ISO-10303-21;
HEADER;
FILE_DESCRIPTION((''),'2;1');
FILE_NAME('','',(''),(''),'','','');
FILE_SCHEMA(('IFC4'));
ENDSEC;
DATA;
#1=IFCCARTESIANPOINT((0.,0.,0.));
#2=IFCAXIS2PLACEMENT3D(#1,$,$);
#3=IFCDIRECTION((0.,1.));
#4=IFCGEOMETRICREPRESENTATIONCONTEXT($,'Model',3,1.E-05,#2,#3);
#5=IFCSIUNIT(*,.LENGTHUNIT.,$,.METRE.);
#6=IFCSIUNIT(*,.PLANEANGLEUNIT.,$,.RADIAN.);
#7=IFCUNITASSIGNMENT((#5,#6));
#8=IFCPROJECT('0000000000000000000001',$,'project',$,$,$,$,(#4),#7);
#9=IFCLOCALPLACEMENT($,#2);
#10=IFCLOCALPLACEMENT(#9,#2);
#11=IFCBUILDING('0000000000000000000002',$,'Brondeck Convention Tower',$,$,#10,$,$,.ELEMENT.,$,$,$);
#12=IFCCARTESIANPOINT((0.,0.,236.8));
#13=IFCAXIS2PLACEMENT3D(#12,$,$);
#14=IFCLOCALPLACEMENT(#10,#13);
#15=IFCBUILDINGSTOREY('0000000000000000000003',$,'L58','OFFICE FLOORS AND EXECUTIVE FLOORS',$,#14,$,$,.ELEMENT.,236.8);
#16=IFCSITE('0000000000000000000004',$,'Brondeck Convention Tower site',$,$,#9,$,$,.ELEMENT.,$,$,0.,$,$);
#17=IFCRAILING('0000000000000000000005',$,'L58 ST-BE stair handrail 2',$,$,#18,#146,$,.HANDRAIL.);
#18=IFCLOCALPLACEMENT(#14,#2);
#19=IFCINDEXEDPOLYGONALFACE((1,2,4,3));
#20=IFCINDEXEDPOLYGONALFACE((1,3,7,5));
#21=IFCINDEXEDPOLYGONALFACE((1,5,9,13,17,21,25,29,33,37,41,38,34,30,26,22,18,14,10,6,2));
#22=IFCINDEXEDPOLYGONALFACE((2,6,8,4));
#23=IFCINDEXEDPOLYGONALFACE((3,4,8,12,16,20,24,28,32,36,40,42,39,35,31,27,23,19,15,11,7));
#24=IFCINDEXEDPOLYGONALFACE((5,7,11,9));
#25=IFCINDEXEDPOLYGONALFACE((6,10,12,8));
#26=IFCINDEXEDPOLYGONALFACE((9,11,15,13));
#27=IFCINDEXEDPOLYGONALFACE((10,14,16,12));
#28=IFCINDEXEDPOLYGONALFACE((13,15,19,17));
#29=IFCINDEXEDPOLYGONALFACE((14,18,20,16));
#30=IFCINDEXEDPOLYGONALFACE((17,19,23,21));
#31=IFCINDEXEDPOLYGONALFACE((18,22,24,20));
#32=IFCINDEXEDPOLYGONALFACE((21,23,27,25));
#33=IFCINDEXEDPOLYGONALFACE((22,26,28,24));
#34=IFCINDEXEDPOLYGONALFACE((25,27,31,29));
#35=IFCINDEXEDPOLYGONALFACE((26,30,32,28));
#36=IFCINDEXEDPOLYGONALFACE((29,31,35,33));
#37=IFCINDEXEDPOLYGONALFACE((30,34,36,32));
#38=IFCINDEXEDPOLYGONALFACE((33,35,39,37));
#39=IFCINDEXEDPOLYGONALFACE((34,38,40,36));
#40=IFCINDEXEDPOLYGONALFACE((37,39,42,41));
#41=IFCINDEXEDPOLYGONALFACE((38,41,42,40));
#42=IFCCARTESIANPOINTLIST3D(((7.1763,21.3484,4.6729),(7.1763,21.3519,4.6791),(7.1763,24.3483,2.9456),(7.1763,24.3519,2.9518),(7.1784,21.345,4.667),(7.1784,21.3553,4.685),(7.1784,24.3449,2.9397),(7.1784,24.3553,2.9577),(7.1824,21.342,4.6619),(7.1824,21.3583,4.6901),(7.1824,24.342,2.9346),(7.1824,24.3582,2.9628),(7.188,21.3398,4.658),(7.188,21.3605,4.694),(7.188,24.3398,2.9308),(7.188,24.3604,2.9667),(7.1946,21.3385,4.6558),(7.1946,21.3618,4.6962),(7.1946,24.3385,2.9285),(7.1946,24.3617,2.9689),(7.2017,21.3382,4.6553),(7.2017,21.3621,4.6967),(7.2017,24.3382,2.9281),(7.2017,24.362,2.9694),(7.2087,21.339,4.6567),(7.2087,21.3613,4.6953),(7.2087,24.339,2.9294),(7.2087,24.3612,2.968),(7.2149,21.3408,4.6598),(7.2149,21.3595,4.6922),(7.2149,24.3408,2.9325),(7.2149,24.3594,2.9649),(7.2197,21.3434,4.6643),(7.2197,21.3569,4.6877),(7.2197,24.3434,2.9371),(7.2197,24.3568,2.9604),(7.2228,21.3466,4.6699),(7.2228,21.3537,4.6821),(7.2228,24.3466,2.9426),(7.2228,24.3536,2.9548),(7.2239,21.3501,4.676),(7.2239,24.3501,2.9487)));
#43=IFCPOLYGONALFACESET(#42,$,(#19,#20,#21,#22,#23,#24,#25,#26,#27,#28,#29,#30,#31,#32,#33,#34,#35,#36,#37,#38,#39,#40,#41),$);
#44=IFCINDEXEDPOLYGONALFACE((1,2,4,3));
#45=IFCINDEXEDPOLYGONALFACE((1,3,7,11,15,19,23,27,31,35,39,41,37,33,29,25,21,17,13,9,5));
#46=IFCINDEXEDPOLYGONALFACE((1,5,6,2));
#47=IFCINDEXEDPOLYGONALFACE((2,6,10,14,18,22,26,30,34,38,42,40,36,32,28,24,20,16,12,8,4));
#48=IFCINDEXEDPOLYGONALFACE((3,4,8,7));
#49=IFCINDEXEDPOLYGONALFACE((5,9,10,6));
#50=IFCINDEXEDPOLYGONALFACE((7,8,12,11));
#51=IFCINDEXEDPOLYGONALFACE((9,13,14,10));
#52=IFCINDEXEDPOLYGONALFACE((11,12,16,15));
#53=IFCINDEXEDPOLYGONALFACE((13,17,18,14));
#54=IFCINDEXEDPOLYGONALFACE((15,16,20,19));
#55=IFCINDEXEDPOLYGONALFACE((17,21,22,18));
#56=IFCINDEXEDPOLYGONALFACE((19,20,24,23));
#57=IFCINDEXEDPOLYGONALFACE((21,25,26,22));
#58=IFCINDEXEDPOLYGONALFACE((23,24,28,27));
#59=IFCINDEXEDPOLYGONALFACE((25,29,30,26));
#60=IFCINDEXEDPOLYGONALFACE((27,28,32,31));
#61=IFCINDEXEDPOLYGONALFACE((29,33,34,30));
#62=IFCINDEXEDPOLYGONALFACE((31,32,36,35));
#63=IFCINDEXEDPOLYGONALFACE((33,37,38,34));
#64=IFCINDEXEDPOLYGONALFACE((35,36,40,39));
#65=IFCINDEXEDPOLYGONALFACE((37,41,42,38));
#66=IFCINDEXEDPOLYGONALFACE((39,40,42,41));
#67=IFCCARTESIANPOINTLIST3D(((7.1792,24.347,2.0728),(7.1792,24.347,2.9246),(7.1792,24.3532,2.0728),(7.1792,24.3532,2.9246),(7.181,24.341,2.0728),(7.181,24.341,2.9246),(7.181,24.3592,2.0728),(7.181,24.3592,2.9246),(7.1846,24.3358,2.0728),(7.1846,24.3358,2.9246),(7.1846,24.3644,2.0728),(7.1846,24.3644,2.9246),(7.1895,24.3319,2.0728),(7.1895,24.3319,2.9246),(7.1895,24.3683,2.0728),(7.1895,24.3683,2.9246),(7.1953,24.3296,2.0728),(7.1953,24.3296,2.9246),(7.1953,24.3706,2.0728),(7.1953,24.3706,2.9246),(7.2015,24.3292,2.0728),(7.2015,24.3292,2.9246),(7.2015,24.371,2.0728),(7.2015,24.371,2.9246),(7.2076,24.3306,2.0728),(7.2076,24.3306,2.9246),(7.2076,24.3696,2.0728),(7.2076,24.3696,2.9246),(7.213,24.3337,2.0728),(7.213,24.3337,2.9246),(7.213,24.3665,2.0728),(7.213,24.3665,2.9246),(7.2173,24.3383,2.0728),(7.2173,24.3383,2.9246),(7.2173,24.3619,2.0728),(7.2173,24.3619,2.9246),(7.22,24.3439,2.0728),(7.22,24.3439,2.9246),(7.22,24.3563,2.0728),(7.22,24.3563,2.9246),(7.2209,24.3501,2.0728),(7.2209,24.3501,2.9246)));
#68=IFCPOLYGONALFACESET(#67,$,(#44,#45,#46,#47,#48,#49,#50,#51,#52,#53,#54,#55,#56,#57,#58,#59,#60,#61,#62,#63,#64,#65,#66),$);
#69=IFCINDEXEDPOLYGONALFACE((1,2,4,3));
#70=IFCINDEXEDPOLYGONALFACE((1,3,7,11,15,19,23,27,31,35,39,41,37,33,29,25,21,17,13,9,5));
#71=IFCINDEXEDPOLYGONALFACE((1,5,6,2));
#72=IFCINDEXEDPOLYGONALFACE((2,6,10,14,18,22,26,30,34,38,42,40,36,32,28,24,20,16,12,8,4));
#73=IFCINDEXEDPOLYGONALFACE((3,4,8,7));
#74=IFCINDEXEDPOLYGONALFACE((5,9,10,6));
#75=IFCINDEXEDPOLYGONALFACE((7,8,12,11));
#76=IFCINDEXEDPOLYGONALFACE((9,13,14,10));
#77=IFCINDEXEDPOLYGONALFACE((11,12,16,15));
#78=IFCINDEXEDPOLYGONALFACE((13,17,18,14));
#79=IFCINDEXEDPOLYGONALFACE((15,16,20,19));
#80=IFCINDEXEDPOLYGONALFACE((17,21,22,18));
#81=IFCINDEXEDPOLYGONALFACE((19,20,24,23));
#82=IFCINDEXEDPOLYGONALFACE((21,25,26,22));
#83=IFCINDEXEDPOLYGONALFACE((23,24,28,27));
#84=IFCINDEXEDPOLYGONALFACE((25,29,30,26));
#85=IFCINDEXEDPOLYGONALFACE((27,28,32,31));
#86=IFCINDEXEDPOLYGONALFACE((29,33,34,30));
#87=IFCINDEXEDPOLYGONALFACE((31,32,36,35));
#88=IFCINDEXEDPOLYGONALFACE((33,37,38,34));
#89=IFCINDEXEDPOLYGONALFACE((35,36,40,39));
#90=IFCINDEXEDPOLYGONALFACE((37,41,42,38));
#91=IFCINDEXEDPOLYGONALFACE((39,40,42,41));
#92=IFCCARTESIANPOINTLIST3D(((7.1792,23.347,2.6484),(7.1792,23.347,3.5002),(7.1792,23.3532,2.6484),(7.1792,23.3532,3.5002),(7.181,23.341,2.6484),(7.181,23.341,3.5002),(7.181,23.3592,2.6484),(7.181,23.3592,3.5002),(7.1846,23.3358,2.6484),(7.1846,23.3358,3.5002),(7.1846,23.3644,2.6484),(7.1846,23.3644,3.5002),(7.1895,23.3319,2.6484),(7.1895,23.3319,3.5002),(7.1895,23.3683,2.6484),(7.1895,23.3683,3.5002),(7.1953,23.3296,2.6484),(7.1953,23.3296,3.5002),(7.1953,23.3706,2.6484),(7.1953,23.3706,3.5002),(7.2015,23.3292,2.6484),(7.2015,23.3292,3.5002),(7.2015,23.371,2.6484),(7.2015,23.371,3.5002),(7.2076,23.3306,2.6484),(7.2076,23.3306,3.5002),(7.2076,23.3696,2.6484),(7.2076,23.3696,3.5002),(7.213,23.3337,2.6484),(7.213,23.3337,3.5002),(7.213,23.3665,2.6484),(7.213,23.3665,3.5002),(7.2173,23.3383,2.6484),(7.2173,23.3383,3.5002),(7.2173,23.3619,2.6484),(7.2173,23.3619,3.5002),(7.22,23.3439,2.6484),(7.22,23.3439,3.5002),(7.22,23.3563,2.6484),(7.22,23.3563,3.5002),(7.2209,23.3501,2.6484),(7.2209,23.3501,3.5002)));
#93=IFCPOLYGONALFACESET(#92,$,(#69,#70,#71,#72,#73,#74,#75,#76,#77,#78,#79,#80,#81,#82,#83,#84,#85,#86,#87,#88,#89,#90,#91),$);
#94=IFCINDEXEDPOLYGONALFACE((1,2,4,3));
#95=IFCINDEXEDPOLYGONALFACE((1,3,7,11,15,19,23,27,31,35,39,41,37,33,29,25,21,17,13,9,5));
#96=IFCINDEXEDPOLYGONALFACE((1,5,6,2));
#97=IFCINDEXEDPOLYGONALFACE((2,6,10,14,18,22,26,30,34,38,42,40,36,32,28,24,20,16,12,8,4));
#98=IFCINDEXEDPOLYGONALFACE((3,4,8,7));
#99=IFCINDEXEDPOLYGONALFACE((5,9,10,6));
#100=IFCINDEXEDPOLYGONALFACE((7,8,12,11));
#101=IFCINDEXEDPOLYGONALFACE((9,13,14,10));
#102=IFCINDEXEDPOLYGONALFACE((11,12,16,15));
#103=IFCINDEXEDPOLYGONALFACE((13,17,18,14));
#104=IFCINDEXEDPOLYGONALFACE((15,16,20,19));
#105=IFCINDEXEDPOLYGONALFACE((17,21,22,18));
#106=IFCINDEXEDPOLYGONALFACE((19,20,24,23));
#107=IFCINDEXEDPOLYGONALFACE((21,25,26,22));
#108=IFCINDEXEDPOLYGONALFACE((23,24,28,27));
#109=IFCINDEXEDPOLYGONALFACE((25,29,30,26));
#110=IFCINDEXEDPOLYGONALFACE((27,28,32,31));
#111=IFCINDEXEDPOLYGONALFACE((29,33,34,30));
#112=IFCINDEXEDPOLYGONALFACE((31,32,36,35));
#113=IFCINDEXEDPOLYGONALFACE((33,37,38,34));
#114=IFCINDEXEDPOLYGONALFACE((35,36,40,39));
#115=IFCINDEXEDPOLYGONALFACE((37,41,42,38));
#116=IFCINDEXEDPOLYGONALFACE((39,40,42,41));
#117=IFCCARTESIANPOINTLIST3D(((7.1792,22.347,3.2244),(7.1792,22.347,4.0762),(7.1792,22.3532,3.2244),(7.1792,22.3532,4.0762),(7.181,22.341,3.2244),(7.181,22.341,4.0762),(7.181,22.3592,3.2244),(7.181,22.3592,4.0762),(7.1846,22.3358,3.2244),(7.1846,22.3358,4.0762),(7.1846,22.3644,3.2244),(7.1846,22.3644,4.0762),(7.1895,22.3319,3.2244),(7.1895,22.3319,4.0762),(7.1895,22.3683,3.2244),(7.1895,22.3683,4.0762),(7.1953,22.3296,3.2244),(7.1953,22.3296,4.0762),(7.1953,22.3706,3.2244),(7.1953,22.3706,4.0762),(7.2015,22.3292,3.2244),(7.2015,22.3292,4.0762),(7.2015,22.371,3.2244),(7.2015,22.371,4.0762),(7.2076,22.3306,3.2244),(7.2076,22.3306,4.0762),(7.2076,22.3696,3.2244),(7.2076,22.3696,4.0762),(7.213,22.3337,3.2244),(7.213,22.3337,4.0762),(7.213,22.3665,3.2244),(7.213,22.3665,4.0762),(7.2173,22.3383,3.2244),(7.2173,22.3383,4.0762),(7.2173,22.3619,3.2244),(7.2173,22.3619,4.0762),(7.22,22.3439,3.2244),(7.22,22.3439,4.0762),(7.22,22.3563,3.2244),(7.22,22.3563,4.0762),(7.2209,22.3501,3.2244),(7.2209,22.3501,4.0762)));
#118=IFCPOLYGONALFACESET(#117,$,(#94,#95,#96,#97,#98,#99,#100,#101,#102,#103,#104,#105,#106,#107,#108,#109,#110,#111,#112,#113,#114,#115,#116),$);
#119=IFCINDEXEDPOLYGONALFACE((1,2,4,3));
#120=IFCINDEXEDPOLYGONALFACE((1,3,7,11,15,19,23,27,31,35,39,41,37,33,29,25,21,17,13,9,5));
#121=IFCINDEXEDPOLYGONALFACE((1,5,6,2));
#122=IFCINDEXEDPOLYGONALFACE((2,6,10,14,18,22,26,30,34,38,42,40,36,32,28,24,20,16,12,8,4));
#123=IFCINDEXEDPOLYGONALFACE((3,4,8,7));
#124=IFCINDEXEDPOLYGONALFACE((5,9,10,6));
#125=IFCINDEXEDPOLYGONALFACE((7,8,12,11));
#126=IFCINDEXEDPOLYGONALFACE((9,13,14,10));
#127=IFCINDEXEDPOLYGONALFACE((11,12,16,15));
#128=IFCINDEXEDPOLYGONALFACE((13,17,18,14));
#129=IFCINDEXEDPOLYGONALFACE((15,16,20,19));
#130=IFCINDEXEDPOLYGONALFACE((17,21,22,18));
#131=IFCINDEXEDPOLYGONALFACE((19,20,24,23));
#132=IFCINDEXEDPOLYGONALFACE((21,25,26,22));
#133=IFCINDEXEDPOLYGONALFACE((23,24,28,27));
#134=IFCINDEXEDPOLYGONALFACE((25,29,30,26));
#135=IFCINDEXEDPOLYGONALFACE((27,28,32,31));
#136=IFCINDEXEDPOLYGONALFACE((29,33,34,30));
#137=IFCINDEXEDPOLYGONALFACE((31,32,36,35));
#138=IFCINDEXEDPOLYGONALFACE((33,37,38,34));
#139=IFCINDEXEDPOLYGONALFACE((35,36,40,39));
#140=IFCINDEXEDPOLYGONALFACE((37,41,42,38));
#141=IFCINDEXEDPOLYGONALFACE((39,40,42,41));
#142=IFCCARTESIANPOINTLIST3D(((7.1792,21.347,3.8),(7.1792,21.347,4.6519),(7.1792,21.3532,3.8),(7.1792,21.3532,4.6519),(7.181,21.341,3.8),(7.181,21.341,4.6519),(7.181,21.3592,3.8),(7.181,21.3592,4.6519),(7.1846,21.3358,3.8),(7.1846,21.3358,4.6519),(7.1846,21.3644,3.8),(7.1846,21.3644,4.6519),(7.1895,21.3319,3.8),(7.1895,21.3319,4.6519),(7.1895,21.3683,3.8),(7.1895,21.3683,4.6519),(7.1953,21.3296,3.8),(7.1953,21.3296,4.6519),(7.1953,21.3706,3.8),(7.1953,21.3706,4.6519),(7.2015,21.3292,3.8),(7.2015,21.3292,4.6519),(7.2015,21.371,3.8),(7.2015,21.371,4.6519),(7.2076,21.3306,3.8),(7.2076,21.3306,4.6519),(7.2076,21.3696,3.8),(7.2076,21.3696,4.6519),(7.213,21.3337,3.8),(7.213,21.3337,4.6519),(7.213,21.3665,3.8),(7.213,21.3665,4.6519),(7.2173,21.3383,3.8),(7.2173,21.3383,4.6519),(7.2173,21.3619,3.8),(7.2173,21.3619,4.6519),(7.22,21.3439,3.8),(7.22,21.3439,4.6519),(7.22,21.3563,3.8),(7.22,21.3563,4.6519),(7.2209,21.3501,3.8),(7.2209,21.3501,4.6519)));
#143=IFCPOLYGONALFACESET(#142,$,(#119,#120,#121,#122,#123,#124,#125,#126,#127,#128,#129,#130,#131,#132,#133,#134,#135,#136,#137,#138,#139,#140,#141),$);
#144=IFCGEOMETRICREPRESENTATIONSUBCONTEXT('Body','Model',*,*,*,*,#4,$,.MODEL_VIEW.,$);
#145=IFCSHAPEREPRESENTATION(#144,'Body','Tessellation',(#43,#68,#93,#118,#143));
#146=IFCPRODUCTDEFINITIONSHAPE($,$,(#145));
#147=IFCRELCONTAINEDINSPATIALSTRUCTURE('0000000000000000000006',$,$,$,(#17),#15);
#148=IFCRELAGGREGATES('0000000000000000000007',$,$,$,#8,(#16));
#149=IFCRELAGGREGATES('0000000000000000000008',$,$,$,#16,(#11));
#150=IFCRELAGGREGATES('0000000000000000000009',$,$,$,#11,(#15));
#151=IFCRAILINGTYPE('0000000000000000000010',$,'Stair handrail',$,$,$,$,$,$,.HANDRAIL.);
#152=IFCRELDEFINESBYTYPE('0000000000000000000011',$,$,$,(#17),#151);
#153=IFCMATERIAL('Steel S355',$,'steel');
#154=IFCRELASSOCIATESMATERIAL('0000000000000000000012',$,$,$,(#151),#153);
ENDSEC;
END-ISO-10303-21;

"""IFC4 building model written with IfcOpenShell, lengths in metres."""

from ifc_helpers import new_model, si_unit, direction, frame, origin, origin_2d, place, context, subcontext, project, spatial, circle, extrude, material, type_object, element, save


model = new_model("IFC4")

# Units and contexts
model_context = context("Model", 3, precision=1e-05, world=origin(), true_north=direction((0.0, 1.0)))
body_context = subcontext(model_context, "Body", "Model", "MODEL_VIEW")
ifc_project = project(units=[si_unit("LENGTHUNIT", "METRE"), si_unit("PLANEANGLEUNIT", "RADIAN")], contexts=[model_context])

# Site, building, storey
site_placement = place(None, origin())
site = spatial("IfcSite", under=ifc_project, at=site_placement, Name="Brondeck Convention Tower site", CompositionType="ELEMENT", RefElevation=0.0)
building_placement = place(site_placement, origin())
building = spatial("IfcBuilding", under=site, at=building_placement, Name="Brondeck Convention Tower", CompositionType="ELEMENT")
storey_placement = place(building_placement, frame((0.0, 0.0, 236.8)))
storey = spatial("IfcBuildingStorey", under=building, at=storey_placement, Name="L58", Description="OFFICE FLOORS AND EXECUTIVE FLOORS", CompositionType="ELEMENT", Elevation=236.8)

# Shared definitions
ifc_material_1 = material(Name="Steel S355", Category="steel")

# Railing
railing_type_1 = type_object("IfcRailingType", Name="Stair handrail", PredefinedType="HANDRAIL", material=ifc_material_1)
railing_1_placement = place(storey_placement, frame((7.2, 24.3501, 2.0728)))
element("IfcRailing", 1, at=railing_1_placement, inside=storey, type_object=railing_type_1, Name="L58 ST-BE stair handrail 2", PredefinedType="HANDRAIL", context=body_context, shape_type="SweptSolid", body=[
    extrude(circle(Radius=0.0239, at=origin_2d()), frame((0.0, 0.0, 0.876), z_axis=(0.0, -0.86662, 0.498969), x_axis=(1.0, 0.0, 0.0)), (0.0, 0.0, 1.0), 3.4617),
    extrude(circle(Radius=0.021, at=origin_2d()), origin(), (0.0, 0.0, 1.0), 0.8518),
    extrude(circle(Radius=0.021, at=origin_2d()), frame((0.0, -1.0, 0.5757)), (0.0, 0.0, 1.0), 0.8518),
    extrude(circle(Radius=0.021, at=origin_2d()), frame((0.0, -2.0, 1.1516)), (0.0, 0.0, 1.0), 0.8518),
    extrude(circle(Radius=0.021, at=origin_2d()), frame((0.0, -3.0, 1.7273)), (0.0, 0.0, 1.0), 0.8518),
])

save(model, "model.ifc")
